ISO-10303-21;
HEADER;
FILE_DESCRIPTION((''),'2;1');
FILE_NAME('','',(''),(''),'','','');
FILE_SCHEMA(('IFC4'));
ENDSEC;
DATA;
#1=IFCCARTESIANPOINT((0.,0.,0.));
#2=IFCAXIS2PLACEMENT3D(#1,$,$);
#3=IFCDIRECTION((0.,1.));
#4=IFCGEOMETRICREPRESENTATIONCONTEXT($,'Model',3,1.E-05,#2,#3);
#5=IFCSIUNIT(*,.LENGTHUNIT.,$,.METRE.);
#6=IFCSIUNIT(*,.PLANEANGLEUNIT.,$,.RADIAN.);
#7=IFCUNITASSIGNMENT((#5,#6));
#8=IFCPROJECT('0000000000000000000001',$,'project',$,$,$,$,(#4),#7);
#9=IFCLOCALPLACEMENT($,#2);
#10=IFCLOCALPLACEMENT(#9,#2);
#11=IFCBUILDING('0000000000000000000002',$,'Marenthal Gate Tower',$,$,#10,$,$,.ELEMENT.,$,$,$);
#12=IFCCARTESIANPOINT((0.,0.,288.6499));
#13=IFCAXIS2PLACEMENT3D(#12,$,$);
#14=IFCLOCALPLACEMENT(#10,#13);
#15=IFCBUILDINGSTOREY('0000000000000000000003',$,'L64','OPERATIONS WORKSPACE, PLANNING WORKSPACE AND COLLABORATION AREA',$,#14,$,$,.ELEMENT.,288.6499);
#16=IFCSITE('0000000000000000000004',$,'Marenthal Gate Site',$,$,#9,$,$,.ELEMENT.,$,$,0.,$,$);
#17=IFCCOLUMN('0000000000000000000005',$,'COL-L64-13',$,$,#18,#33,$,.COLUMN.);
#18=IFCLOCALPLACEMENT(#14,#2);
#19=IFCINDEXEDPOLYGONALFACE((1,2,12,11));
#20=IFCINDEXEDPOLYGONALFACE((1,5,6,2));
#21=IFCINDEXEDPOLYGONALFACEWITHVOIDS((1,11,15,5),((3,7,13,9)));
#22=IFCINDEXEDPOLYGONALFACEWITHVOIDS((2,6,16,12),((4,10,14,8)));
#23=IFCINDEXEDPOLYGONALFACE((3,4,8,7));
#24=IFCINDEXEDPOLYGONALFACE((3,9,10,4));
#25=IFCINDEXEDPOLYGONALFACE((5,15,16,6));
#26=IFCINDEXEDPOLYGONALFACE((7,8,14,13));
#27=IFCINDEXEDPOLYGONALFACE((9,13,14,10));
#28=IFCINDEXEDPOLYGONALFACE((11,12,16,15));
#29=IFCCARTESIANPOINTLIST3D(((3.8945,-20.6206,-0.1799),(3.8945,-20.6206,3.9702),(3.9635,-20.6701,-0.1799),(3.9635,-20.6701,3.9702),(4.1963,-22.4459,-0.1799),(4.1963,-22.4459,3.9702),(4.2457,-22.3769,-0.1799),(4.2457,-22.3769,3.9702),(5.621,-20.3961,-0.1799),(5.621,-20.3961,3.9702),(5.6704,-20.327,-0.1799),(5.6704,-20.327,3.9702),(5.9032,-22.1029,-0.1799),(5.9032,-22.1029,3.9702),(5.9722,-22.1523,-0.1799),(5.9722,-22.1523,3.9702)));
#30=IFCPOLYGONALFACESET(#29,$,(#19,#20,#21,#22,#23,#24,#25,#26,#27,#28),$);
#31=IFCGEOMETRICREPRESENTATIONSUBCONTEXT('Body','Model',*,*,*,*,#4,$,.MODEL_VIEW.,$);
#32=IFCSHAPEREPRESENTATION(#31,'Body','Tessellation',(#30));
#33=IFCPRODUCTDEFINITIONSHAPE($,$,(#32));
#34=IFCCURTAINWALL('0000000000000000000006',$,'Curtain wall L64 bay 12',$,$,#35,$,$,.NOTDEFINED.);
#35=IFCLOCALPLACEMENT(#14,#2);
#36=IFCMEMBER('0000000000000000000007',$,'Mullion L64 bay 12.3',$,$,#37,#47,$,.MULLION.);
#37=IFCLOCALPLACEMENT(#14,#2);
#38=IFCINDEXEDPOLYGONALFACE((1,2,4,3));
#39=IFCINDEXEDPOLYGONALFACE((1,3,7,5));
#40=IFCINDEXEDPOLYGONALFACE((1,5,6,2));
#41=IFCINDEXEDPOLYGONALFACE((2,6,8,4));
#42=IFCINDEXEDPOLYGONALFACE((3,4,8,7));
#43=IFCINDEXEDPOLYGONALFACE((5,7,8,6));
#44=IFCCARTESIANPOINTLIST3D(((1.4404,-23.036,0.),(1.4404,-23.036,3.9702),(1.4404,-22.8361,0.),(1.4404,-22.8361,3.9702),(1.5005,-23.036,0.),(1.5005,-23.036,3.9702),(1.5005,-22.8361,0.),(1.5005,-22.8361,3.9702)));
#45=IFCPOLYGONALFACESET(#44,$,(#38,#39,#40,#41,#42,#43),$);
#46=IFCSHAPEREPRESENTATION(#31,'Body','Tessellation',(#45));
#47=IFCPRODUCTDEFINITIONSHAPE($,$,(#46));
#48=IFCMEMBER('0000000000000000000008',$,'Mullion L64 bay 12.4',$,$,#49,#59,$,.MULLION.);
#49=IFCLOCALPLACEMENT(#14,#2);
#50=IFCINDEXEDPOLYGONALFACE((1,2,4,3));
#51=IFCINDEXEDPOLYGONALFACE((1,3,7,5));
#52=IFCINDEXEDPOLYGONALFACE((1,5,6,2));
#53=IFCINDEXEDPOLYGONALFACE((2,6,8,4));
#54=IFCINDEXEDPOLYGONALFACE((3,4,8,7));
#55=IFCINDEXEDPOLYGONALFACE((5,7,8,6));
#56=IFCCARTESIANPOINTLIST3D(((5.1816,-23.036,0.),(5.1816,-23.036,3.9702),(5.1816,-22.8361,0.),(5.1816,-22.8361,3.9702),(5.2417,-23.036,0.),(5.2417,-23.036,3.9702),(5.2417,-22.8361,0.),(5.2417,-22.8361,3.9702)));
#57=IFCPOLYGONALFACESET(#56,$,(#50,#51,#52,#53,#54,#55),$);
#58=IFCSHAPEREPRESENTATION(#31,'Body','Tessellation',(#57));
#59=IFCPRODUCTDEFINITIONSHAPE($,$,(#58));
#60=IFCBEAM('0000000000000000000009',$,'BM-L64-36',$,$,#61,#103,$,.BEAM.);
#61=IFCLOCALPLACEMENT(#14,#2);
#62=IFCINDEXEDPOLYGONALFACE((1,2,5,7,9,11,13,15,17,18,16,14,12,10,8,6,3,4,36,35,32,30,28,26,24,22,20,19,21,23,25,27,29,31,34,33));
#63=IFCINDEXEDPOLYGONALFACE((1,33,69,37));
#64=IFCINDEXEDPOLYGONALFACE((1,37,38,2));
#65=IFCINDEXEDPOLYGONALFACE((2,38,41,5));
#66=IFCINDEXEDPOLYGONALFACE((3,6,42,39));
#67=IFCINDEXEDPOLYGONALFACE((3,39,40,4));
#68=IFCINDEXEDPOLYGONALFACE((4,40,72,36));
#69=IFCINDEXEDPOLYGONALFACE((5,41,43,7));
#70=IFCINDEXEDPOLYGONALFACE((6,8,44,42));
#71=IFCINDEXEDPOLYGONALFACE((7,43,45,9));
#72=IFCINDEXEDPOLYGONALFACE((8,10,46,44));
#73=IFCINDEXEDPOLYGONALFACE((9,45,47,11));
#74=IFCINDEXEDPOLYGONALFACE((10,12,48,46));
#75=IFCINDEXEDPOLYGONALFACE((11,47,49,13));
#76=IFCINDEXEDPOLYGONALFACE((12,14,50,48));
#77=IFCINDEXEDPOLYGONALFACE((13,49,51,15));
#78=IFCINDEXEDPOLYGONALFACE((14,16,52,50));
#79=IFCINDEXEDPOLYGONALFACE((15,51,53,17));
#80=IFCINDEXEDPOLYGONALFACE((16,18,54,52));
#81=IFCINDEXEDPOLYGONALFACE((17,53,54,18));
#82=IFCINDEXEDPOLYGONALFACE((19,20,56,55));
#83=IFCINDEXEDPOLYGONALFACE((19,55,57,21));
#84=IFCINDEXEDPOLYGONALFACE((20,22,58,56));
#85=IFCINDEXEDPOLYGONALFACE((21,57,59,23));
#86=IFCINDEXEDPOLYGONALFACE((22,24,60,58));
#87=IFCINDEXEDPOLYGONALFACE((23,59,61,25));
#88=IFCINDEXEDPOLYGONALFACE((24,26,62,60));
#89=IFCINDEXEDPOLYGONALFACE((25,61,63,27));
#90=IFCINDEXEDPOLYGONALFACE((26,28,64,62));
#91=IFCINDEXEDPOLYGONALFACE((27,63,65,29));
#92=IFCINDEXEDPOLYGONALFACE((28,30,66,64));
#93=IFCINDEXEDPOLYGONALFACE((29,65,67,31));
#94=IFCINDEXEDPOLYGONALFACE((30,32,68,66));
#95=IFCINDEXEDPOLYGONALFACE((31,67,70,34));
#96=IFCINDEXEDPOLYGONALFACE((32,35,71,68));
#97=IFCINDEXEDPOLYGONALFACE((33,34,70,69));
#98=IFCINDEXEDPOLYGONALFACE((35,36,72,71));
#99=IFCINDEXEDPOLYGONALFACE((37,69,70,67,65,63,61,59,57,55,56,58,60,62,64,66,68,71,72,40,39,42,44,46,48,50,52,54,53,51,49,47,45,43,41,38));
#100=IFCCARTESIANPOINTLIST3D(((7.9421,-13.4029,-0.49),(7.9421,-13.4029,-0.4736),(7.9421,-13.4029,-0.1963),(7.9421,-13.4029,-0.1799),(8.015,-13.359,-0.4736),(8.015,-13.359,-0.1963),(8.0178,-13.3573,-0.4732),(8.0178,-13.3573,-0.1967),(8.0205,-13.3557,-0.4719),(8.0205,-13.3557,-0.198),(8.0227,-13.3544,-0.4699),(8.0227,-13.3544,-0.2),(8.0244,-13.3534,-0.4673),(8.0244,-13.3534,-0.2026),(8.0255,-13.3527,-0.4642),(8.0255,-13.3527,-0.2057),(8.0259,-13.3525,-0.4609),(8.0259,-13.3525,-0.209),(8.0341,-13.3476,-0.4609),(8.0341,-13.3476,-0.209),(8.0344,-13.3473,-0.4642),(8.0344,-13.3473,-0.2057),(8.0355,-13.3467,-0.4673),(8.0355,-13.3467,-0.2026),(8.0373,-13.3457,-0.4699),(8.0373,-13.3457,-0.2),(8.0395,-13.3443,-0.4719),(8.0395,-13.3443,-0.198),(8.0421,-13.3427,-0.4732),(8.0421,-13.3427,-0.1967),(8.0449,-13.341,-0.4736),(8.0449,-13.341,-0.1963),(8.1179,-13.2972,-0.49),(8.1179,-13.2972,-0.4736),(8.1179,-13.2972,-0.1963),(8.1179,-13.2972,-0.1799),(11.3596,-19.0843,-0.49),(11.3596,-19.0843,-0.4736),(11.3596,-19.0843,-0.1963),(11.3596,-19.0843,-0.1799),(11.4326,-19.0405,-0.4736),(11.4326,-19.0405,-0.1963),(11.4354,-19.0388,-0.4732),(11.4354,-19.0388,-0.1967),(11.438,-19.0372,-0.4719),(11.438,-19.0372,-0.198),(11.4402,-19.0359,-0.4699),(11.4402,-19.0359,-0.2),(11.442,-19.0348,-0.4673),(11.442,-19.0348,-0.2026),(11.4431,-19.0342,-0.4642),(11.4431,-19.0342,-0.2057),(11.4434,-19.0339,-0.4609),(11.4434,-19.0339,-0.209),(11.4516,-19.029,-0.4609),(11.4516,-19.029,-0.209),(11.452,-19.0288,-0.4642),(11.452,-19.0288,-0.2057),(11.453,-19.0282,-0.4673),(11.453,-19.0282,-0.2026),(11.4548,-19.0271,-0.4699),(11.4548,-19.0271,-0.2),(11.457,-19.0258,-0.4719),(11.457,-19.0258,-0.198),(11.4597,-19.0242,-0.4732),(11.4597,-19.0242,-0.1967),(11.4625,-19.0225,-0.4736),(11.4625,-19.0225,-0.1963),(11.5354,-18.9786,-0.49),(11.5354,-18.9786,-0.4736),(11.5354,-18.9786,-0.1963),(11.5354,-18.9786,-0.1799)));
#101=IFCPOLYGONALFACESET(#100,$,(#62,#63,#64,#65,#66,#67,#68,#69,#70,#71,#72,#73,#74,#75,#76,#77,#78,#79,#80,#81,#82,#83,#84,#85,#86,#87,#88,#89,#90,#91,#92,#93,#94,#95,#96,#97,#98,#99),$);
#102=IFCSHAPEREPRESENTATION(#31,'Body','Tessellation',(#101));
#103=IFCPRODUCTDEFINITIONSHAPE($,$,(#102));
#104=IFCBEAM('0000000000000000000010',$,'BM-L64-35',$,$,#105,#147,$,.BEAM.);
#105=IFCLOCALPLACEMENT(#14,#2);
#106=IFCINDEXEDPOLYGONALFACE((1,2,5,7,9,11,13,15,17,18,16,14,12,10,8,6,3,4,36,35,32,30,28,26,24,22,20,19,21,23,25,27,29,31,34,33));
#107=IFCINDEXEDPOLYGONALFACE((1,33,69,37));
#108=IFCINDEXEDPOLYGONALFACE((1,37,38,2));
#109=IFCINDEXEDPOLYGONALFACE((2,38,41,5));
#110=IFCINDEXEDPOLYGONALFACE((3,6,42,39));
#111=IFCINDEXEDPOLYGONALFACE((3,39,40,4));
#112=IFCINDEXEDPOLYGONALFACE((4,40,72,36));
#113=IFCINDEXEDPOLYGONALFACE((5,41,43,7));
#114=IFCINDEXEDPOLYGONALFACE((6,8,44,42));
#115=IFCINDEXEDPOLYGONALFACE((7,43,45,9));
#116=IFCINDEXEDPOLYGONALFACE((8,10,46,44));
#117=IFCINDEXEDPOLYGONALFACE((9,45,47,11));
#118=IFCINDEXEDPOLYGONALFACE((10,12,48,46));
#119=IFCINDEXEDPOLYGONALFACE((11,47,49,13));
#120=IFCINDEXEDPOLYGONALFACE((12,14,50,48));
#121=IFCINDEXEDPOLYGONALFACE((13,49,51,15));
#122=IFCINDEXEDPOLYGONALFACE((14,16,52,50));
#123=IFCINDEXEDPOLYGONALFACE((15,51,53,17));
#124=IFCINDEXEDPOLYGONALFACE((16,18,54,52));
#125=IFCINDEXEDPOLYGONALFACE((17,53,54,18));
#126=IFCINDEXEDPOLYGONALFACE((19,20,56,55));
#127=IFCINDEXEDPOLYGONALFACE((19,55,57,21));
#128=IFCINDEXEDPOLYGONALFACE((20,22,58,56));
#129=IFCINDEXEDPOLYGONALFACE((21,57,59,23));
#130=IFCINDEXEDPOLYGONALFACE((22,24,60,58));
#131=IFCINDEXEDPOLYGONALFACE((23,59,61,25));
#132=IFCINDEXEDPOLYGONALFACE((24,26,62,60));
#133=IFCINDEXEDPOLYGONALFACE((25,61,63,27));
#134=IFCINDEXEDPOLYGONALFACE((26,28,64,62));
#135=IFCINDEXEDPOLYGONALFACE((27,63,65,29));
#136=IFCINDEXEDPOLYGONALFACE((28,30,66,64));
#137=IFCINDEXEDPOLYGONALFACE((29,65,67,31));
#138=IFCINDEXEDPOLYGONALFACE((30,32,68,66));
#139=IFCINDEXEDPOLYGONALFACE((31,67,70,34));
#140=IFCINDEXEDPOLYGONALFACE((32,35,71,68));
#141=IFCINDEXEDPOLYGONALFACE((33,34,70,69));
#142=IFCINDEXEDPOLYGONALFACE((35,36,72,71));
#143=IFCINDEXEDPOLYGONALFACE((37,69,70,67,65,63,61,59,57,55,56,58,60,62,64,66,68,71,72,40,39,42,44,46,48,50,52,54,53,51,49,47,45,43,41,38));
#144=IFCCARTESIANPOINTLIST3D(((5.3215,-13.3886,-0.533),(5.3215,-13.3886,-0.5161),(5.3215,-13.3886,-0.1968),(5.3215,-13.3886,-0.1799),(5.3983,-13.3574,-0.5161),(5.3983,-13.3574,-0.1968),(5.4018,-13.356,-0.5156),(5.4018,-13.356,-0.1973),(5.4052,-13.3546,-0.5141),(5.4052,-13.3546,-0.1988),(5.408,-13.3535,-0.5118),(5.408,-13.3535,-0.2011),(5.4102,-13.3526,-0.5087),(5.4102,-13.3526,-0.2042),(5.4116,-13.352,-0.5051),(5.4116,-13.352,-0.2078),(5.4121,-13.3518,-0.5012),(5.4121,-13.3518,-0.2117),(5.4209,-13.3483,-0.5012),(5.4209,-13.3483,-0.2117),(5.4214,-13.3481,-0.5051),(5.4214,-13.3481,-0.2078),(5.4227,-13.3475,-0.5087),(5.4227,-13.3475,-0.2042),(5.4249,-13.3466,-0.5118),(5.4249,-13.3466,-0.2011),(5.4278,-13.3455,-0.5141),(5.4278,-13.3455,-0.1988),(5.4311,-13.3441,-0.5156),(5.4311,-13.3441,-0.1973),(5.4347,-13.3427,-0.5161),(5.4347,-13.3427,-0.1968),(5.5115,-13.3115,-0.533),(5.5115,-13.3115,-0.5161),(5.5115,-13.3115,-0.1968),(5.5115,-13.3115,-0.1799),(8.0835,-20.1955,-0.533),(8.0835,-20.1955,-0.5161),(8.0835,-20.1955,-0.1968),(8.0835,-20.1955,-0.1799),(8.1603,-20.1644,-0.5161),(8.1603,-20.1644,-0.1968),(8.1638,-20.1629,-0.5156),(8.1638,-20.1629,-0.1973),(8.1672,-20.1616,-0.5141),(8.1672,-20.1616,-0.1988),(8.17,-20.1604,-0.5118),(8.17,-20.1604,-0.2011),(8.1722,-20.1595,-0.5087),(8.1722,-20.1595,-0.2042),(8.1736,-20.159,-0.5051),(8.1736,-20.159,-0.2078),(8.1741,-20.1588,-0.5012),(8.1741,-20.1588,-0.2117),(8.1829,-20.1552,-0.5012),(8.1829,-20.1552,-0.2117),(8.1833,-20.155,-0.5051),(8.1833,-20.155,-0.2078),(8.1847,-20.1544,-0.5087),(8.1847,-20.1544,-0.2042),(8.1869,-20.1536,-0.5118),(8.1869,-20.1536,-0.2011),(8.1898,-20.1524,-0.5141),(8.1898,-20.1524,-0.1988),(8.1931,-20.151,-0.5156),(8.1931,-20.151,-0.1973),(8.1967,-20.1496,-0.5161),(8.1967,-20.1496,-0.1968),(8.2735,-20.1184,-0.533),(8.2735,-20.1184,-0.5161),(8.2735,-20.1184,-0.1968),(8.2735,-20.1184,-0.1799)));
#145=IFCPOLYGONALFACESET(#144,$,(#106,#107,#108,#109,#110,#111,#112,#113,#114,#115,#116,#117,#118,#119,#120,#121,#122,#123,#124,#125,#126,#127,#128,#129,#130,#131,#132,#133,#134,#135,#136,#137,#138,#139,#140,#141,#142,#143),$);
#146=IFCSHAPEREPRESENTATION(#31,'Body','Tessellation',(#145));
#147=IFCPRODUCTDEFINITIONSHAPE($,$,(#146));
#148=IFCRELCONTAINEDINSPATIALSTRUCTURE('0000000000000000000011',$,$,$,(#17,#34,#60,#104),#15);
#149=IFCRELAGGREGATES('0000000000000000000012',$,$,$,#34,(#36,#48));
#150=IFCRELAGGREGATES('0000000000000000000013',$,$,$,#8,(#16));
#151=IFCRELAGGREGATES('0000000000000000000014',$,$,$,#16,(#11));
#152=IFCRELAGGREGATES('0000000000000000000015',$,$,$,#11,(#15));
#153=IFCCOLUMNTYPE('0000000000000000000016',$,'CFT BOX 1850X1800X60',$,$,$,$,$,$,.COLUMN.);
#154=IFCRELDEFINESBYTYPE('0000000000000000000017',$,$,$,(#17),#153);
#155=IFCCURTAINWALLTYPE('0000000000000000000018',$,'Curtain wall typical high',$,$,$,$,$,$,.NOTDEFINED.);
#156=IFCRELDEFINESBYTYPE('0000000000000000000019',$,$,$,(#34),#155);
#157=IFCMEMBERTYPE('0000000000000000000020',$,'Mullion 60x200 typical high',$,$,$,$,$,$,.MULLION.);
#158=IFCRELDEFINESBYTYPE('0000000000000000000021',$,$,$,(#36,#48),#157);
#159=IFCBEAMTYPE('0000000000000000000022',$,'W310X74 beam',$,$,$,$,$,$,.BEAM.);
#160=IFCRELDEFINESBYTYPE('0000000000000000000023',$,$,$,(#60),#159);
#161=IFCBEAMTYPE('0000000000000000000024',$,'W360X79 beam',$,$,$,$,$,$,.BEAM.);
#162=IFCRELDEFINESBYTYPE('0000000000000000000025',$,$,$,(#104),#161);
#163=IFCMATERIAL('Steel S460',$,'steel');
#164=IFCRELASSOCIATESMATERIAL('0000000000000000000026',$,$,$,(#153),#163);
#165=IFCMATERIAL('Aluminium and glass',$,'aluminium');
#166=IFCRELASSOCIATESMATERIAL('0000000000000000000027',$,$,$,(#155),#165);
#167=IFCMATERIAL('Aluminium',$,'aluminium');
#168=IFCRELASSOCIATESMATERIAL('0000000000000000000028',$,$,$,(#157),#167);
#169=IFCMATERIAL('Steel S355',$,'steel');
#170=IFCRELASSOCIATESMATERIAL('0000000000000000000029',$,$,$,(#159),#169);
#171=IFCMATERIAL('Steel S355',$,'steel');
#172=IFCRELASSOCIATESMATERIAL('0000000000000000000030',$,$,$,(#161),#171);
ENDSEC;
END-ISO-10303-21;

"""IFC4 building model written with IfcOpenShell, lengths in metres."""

from ifc_helpers import new_model, si_unit, direction, frame, origin, origin_2d, place, context, subcontext, project, spatial, rectangle, hollow_rectangle, i_section, extrude, material, material_profile, profile_set, type_object, element, aggregate, save


model = new_model("IFC4")

# Units and contexts
model_context = context("Model", 3, precision=1e-05, world=origin(), true_north=direction((0.0, 1.0)))
body_context = subcontext(model_context, "Body", "Model", "MODEL_VIEW")
ifc_project = project(units=[si_unit("LENGTHUNIT", "METRE"), si_unit("PLANEANGLEUNIT", "RADIAN")], contexts=[model_context])

# Site, building, storey
site_placement = place(None, origin())
site = spatial("IfcSite", under=ifc_project, at=site_placement, Name="Marenthal Gate Site", CompositionType="ELEMENT", RefElevation=0.0)
building_placement = place(site_placement, origin())
building = spatial("IfcBuilding", under=site, at=building_placement, Name="Marenthal Gate Tower", CompositionType="ELEMENT")
storey_placement = place(building_placement, frame((0.0, 0.0, 288.6499)))
storey = spatial("IfcBuildingStorey", under=building, at=storey_placement, Name="L64", Description="OPERATIONS WORKSPACE, PLANNING WORKSPACE AND COLLABORATION AREA", CompositionType="ELEMENT", Elevation=288.6499)

# Column
ifc_material_1 = material(Name="Steel S460", Category="steel")
ifc_material_profile_1 = material_profile(ifc_material_1, hollow_rectangle(XDim=1.8, YDim=1.8501, WallThickness=0.0601, at=origin_2d()), Name="CFT BOX 1850X1800X60")
ifc_material_2 = material(Name="Concrete 70 MPa", Category="concrete")
ifc_material_profile_2 = material_profile(ifc_material_2, rectangle(XDim=1.6799, YDim=1.73, at=origin_2d()), Name="CFT BOX 1850X1800X60 INFILL")
ifc_profile_set_1 = profile_set([ifc_material_profile_1, ifc_material_profile_2], Name="Steel S460 shell, Concrete 70 MPa infill")
column_type = type_object("IfcColumnType", Name="CFT BOX 1850X1800X60", PredefinedType="COLUMN", material=ifc_profile_set_1)
column_placement = place(storey_placement, frame((4.9333, -21.3865, -0.1799), z_axis=(0.0, 0.0, 1.0), x_axis=(-0.986606, -0.163119, 0.0)))
element("IfcColumn", 1, at=column_placement, inside=storey, type_object=column_type, Name="COL-L64-13", PredefinedType="COLUMN", context=body_context, shape_type="SweptSolid", body=[
    extrude(hollow_rectangle(XDim=1.8, YDim=1.8501, WallThickness=0.0601, at=origin_2d()), origin(), (0.0, 0.0, 1.0), 4.1501),
])

# Curtain wall, members
ifc_material_3 = material(Name="Aluminium and glass", Category="aluminium")
curtain_wall_type = type_object("IfcCurtainWallType", Name="Curtain wall typical high", PredefinedType="NOTDEFINED", material=ifc_material_3)
curtain_wall_placement = place(storey_placement, origin())
curtain_wall = element("IfcCurtainWall", 2, at=curtain_wall_placement, inside=storey, type_object=curtain_wall_type, Name="Curtain wall L64 bay 12", PredefinedType="NOTDEFINED")
ifc_material_4 = material(Name="Aluminium", Category="aluminium")
ifc_material_profile_3 = material_profile(ifc_material_4, rectangle(XDim=0.2, YDim=0.0601, at=origin_2d()), Name="60x200 aluminium mullion")
ifc_profile_set_2 = profile_set([ifc_material_profile_3], Name="Aluminium")
member_type = type_object("IfcMemberType", Name="Mullion 60x200 typical high", PredefinedType="MULLION", material=ifc_profile_set_2)
member_1_placement = place(storey_placement, frame((1.4705, -22.936, 0.0), z_axis=(0.0, 0.0, 1.0), x_axis=(0.0, 1.0, 0.0)))
member_1 = element("IfcMember", 3, at=member_1_placement, type_object=member_type, Name="Mullion L64 bay 12.3", PredefinedType="MULLION", context=body_context, shape_type="SweptSolid", body=[
    extrude(rectangle(XDim=0.2, YDim=0.0601, at=origin_2d()), origin(), (0.0, 0.0, 1.0), 3.9702),
])
member_2_placement = place(storey_placement, frame((5.2117, -22.936, 0.0), z_axis=(0.0, 0.0, 1.0), x_axis=(0.0, 1.0, 0.0)))
member_2 = element("IfcMember", 4, at=member_2_placement, type_object=member_type, Name="Mullion L64 bay 12.4", PredefinedType="MULLION", context=body_context, shape_type="SweptSolid", body=[
    extrude(rectangle(XDim=0.2, YDim=0.0601, at=origin_2d()), origin(), (0.0, 0.0, 1.0), 3.9702),
])

# Beams
ifc_material_5 = material(Name="Steel S355", Category="steel")
ifc_material_profile_4 = material_profile(ifc_material_5, i_section(OverallWidth=0.2051, OverallDepth=0.3101, WebThickness=0.0095, FlangeThickness=0.0164, FilletRadius=0.0127, at=origin_2d()), Name="W310X74")
ifc_profile_set_3 = profile_set([ifc_material_profile_4], Name="Steel S355")
beam_type_1 = type_object("IfcBeamType", Name="W310X74 beam", PredefinedType="BEAM", material=ifc_profile_set_3)
beam_1_placement = place(storey_placement, frame((11.4475, -19.0315, -0.335), z_axis=(-0.515454, 0.856917, 0.0), x_axis=(-0.856917, -0.515454, 0.0)))
element("IfcBeam", 5, at=beam_1_placement, inside=storey, type_object=beam_type_1, Name="BM-L64-36", PredefinedType="BEAM", context=body_context, shape_type="SweptSolid", body=[
    extrude(i_section(OverallWidth=0.2051, OverallDepth=0.3101, WebThickness=0.0095, FlangeThickness=0.0164, FilletRadius=0.0127, at=origin_2d()), origin(), (0.0, 0.0, 1.0), 6.6301),
])
ifc_material_6 = material(Name="Steel S355", Category="steel")
ifc_material_profile_5 = material_profile(ifc_material_6, i_section(OverallWidth=0.2051, OverallDepth=0.353, WebThickness=0.0095, FlangeThickness=0.0168, FilletRadius=0.0149, at=origin_2d()), Name="W360X79")
ifc_profile_set_4 = profile_set([ifc_material_profile_5], Name="Steel S355")
beam_type_2 = type_object("IfcBeamType", Name="W360X79 beam", PredefinedType="BEAM", material=ifc_profile_set_4)
beam_2_placement = place(storey_placement, frame((8.1785, -20.157, -0.3564), z_axis=(-0.375987, 0.926625, 0.0), x_axis=(-0.926625, -0.375987, 0.0)))
element("IfcBeam", 6, at=beam_2_placement, inside=storey, type_object=beam_type_2, Name="BM-L64-35", PredefinedType="BEAM", context=body_context, shape_type="SweptSolid", body=[
    extrude(i_section(OverallWidth=0.2051, OverallDepth=0.353, WebThickness=0.0095, FlangeThickness=0.0168, FilletRadius=0.0149, at=origin_2d()), origin(), (0.0, 0.0, 1.0), 7.3459),
])

aggregate(curtain_wall, [member_1, member_2])

save(model, "model.ifc")
